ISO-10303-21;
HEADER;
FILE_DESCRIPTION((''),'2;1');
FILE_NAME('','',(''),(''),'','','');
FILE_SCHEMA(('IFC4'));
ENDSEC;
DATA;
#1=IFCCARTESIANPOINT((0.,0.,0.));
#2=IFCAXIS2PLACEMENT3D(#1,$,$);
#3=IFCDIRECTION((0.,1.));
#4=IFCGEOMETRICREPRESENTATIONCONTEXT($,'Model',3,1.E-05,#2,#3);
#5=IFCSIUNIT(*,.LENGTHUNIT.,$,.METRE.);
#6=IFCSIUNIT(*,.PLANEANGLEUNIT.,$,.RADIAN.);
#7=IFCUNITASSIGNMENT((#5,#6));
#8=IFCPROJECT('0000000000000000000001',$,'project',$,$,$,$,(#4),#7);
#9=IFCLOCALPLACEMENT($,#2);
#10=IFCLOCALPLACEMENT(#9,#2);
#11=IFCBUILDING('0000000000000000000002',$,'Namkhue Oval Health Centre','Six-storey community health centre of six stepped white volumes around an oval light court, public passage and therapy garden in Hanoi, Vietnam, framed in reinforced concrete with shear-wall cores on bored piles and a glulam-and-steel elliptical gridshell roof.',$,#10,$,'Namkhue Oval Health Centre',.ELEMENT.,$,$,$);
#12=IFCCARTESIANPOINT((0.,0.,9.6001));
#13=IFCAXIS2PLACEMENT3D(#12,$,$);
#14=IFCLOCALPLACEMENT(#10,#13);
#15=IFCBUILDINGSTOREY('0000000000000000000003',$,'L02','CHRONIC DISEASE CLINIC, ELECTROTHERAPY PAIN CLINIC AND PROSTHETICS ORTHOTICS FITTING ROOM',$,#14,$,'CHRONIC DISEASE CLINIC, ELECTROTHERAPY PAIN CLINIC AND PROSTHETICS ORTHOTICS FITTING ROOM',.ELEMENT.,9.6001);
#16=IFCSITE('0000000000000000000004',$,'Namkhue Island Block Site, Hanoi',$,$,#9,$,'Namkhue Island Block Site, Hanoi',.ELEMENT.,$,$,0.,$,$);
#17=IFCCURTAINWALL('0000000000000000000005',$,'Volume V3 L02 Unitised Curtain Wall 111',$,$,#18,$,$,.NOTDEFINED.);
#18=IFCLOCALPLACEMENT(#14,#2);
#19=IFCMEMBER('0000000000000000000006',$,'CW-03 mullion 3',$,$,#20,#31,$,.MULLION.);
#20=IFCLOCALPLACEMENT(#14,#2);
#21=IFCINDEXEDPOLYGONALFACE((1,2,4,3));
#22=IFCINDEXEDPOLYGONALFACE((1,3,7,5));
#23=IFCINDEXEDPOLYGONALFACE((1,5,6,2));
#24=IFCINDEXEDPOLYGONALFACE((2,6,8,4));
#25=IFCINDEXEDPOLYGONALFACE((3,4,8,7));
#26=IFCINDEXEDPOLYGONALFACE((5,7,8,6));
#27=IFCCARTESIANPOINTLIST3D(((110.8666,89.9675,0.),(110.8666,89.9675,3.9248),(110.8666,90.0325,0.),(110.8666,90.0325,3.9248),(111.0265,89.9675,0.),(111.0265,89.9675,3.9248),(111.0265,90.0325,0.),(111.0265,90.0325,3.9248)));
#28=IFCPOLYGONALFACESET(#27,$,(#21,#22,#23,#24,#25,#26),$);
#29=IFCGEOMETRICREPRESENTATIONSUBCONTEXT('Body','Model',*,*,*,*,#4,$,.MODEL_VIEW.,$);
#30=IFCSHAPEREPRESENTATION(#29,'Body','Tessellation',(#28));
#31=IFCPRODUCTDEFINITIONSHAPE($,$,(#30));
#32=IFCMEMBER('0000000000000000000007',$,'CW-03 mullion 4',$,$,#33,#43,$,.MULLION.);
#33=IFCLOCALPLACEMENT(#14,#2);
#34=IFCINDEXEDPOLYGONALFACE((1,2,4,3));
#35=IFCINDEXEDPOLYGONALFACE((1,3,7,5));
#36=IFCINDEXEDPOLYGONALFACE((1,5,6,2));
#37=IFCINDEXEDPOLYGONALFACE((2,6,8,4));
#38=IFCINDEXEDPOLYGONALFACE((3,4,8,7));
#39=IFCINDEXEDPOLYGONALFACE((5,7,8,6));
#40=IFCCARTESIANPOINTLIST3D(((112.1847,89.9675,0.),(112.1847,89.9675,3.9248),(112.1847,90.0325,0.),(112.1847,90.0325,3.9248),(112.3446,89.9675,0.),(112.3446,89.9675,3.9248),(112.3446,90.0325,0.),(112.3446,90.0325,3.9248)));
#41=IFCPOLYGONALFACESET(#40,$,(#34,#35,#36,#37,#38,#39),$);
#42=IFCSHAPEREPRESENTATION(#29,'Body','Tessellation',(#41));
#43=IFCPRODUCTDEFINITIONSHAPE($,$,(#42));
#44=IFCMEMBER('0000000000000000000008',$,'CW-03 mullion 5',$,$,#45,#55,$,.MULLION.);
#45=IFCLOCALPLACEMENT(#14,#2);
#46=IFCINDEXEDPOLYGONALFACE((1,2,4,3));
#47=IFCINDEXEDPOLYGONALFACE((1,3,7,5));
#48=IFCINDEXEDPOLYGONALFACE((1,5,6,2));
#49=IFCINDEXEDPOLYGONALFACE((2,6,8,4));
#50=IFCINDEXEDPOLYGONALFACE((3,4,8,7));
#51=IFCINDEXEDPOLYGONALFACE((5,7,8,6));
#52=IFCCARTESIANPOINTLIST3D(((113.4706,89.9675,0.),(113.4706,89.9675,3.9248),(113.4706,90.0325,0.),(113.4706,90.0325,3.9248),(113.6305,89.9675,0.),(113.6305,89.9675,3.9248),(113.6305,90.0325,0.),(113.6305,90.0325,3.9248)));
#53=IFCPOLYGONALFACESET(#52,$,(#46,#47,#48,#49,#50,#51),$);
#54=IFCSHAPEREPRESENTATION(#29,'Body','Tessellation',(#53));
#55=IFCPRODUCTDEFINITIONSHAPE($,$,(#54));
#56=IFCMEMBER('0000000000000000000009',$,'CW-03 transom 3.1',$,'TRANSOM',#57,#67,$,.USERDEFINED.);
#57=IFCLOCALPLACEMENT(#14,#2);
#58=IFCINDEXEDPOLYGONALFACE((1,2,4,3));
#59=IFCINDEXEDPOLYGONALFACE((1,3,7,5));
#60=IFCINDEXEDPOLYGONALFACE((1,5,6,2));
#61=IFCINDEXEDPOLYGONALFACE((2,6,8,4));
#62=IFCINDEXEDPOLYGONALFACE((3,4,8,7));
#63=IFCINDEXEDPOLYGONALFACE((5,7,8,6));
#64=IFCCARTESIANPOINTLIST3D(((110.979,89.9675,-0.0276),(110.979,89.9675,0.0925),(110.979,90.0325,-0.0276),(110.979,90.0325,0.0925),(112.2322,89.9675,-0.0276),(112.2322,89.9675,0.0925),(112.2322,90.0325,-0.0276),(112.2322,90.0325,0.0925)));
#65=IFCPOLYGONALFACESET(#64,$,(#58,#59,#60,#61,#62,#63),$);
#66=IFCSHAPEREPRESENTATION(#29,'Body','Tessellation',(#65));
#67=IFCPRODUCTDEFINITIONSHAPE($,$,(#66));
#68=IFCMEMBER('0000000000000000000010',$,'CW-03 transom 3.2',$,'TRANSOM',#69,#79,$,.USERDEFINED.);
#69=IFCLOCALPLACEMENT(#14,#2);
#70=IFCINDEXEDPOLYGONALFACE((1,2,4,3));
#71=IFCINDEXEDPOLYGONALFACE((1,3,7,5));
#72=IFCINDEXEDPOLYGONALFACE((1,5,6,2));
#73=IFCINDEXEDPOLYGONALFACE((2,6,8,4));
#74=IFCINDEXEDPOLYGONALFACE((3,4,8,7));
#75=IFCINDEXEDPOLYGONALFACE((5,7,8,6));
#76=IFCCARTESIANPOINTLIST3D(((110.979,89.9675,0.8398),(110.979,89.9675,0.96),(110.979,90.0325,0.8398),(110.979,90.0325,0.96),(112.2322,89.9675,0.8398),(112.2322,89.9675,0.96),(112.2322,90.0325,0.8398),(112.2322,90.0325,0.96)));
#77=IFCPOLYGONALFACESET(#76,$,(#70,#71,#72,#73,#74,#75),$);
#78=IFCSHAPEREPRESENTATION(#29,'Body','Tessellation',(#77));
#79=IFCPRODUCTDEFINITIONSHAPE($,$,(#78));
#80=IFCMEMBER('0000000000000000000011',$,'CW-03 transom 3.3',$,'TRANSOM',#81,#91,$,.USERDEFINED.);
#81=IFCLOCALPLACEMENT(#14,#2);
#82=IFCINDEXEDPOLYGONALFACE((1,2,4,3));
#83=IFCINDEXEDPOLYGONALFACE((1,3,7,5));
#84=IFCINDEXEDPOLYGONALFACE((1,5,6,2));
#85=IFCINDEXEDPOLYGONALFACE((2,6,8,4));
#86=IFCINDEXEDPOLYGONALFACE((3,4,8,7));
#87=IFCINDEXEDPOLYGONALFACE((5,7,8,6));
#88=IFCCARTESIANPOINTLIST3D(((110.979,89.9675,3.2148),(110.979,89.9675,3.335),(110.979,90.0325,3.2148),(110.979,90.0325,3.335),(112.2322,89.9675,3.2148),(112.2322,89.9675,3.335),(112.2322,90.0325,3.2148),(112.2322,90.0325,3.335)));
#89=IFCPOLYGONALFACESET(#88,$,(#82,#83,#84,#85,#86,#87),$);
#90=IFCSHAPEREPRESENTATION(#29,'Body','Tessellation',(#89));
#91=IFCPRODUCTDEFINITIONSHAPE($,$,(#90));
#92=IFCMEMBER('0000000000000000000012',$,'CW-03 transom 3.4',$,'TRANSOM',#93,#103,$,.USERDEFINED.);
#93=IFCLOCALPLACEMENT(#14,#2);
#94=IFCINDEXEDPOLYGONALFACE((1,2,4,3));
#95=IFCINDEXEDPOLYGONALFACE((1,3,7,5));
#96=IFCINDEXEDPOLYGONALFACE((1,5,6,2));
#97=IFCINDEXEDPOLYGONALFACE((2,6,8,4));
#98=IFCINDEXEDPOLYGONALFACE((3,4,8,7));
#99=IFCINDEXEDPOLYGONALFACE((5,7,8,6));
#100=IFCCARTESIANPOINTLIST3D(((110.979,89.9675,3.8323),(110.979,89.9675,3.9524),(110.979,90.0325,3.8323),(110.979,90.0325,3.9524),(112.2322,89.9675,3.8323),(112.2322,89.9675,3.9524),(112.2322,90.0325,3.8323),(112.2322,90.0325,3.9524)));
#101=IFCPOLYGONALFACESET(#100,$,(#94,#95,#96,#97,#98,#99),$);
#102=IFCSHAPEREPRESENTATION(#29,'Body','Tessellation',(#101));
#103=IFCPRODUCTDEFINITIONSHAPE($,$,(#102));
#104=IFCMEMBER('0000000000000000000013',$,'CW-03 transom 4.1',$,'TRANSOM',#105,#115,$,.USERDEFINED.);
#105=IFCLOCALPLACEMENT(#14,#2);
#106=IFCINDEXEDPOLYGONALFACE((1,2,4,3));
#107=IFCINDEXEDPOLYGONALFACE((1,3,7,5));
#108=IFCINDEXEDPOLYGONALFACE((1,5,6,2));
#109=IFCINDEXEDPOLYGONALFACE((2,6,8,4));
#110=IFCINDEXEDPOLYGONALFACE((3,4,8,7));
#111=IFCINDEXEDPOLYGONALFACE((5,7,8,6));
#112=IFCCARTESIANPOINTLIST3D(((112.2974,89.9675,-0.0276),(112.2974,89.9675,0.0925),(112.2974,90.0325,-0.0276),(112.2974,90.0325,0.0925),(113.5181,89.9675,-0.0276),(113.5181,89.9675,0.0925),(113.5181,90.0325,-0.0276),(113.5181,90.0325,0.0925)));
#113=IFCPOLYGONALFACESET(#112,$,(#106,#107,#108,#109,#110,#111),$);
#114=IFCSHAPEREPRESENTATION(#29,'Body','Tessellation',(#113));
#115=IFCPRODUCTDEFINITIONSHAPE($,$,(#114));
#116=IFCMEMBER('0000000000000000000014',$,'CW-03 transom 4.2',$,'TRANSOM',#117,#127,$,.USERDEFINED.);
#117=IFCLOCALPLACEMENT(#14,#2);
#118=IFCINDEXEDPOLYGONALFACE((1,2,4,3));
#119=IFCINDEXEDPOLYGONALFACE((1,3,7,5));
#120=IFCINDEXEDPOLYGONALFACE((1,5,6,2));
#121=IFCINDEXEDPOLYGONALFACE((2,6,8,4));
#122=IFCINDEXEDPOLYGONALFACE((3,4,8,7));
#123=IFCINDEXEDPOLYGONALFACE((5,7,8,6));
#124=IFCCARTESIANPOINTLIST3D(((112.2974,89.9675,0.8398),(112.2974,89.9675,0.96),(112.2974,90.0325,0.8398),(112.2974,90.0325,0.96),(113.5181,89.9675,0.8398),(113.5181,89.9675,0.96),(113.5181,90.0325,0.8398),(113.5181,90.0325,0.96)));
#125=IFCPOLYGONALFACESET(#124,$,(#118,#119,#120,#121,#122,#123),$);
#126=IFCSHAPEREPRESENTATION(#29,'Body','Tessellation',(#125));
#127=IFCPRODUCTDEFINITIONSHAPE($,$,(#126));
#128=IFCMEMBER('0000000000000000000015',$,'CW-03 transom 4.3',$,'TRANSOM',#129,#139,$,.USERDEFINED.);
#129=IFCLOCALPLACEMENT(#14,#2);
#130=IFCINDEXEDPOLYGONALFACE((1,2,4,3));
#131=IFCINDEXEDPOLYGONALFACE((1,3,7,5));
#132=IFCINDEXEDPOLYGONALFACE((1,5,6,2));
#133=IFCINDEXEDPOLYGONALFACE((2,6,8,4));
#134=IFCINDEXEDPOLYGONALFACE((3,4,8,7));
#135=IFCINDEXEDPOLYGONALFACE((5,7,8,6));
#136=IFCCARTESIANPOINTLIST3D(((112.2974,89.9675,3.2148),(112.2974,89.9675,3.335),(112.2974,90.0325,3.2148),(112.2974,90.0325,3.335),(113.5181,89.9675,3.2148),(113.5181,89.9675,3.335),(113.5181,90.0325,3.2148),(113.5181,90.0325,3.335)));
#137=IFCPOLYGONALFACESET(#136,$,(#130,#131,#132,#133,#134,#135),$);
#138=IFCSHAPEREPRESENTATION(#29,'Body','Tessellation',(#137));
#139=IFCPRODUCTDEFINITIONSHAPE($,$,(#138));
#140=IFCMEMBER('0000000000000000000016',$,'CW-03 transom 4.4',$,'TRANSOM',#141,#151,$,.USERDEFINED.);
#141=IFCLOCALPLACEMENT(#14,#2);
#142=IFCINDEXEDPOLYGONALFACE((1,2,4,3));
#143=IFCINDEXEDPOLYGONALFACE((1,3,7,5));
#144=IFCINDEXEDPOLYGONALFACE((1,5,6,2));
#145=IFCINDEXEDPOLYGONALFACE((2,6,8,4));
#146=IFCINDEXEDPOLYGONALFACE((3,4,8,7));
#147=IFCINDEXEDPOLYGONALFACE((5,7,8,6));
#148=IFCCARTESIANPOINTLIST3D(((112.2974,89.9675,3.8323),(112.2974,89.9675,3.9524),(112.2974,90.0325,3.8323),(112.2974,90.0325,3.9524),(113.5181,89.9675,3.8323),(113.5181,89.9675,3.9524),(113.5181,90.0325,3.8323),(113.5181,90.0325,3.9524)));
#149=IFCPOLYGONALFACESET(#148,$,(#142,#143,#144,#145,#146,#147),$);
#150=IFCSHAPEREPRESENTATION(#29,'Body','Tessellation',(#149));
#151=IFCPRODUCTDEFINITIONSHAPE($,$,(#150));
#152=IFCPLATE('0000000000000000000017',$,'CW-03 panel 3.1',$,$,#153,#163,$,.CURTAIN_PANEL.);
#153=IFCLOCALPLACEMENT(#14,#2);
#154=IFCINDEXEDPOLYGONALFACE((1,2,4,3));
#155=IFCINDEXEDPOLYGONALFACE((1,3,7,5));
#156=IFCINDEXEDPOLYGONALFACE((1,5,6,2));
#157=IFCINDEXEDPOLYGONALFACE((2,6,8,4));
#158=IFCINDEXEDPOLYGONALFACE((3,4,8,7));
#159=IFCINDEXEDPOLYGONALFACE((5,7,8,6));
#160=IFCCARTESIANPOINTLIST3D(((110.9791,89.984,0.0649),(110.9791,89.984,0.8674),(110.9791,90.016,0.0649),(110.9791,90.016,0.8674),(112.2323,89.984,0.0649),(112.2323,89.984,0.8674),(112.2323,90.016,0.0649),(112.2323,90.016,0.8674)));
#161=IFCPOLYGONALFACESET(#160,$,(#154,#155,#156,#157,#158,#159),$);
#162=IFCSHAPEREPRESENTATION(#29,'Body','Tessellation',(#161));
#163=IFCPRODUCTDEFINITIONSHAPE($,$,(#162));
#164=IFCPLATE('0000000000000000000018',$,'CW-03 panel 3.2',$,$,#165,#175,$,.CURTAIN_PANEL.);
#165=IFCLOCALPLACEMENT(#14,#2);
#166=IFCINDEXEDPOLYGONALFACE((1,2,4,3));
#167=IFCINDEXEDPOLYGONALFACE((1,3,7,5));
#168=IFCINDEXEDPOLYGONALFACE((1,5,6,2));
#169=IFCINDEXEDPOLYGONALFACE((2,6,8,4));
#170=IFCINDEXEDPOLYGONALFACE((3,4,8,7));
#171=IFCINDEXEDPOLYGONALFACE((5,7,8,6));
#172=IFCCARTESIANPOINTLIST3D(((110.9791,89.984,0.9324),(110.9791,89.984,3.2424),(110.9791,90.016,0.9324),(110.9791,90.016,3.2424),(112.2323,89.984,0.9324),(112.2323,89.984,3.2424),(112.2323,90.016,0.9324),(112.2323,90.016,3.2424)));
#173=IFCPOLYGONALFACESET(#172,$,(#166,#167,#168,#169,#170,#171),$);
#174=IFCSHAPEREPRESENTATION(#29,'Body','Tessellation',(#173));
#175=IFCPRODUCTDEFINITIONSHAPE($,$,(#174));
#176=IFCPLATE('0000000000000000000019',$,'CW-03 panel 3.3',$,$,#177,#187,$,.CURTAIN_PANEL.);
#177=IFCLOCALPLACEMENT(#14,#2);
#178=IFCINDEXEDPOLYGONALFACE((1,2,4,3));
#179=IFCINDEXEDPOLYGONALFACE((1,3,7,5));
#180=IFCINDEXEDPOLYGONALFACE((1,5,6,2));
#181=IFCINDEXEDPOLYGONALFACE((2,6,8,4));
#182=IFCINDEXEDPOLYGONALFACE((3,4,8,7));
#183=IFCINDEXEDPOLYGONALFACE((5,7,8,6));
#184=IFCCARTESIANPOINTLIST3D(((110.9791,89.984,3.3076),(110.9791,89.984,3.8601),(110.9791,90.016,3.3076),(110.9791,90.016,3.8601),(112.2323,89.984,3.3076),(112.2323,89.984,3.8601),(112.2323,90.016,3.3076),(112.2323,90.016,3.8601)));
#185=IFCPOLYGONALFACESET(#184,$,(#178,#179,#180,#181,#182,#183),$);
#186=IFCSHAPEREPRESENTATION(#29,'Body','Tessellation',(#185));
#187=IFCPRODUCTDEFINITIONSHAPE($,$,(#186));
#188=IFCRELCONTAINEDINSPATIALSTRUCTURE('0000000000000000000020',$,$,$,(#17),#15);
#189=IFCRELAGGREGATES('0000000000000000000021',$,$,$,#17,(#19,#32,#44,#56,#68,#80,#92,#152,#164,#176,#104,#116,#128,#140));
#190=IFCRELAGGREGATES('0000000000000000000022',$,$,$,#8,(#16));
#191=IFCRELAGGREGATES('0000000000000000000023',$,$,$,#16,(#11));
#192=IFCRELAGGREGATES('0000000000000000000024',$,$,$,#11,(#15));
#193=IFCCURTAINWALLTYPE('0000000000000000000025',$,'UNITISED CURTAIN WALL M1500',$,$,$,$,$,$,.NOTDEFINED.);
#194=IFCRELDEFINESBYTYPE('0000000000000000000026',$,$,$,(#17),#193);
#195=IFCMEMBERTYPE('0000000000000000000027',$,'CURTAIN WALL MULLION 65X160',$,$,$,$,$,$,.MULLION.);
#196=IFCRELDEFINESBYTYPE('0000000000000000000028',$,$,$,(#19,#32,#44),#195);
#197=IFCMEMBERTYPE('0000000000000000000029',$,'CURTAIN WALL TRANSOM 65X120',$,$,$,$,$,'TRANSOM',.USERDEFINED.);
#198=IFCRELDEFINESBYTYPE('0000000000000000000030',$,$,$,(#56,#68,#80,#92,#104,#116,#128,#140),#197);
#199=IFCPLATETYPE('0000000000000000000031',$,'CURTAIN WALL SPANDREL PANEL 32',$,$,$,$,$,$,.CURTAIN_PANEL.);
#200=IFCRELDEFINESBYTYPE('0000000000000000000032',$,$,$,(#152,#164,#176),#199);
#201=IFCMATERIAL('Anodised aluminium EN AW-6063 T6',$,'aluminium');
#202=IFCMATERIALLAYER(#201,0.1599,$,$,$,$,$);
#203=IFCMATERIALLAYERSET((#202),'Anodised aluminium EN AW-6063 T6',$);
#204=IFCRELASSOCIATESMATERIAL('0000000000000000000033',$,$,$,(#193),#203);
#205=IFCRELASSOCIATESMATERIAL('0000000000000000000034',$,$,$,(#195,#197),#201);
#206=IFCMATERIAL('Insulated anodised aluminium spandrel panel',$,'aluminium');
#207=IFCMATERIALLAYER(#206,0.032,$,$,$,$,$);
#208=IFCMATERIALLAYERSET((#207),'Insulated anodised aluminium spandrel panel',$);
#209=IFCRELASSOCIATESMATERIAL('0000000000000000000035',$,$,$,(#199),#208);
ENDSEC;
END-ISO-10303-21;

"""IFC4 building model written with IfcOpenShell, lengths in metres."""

from ifc_helpers import new_model, si_unit, direction, frame, origin, origin_2d, place, context, subcontext, project, spatial, rectangle, extrude, material, layer, layer_set, material_profile, profile_set, type_object, element, aggregate, save


model = new_model("IFC4")

# Units and contexts
model_context = context("Model", 3, precision=1e-05, world=origin(), true_north=direction((0.0, 1.0)))
body_context = subcontext(model_context, "Body", "Model", "MODEL_VIEW")
ifc_project = project(units=[si_unit("LENGTHUNIT", "METRE"), si_unit("PLANEANGLEUNIT", "RADIAN")], contexts=[model_context])

# Site, building, storey
site_placement = place(None, origin())
site = spatial("IfcSite", under=ifc_project, at=site_placement, Name="Namkhue Island Block Site, Hanoi", LongName="Namkhue Island Block Site, Hanoi", CompositionType="ELEMENT", RefElevation=0.0)
building_placement = place(site_placement, origin())
building = spatial("IfcBuilding", under=site, at=building_placement, Name="Namkhue Oval Health Centre", Description="Six-storey community health centre of six stepped white volumes around an oval light court, public passage and therapy garden in Hanoi, Vietnam, framed in reinforced concrete with shear-wall cores on bored piles and a glulam-and-steel elliptical gridshell roof.", LongName="Namkhue Oval Health Centre", CompositionType="ELEMENT")
storey_placement = place(building_placement, frame((0.0, 0.0, 9.6001)))
storey = spatial("IfcBuildingStorey", under=building, at=storey_placement, Name="L02", Description="CHRONIC DISEASE CLINIC, ELECTROTHERAPY PAIN CLINIC AND PROSTHETICS ORTHOTICS FITTING ROOM", LongName="CHRONIC DISEASE CLINIC, ELECTROTHERAPY PAIN CLINIC AND PROSTHETICS ORTHOTICS FITTING ROOM", CompositionType="ELEMENT", Elevation=9.6001)

# Curtain wall, members, plates
ifc_material_1 = material(Name="Anodised aluminium EN AW-6063 T6", Category="aluminium")
ifc_layer_1 = layer(ifc_material_1, 0.1599)
ifc_layer_set_1 = layer_set([ifc_layer_1], Name="Anodised aluminium EN AW-6063 T6")
curtain_wall_type = type_object("IfcCurtainWallType", Name="UNITISED CURTAIN WALL M1500", PredefinedType="NOTDEFINED", material=ifc_layer_set_1)
curtain_wall_placement = place(storey_placement, origin())
curtain_wall = element("IfcCurtainWall", 1, at=curtain_wall_placement, inside=storey, type_object=curtain_wall_type, Name="Volume V3 L02 Unitised Curtain Wall 111", PredefinedType="NOTDEFINED")
ifc_material_profile_1 = material_profile(ifc_material_1, rectangle(XDim=0.0649, YDim=0.1599, at=origin_2d()), Name="ALU 65x160")
ifc_profile_set_1 = profile_set([ifc_material_profile_1], Name="Anodised aluminium EN AW-6063 T6")
member_type_1 = type_object("IfcMemberType", Name="CURTAIN WALL MULLION 65X160", PredefinedType="MULLION", material=ifc_profile_set_1)
member_1_placement = place(storey_placement, frame((110.9465, 90.0, 0.0), z_axis=(0.0, 0.0, 1.0), x_axis=(0.0, 1.0, 0.0)))
member_1 = element("IfcMember", 2, at=member_1_placement, type_object=member_type_1, Name="CW-03 mullion 3", PredefinedType="MULLION", context=body_context, shape_type="SweptSolid", body=[
    extrude(rectangle(XDim=0.0649, YDim=0.1599, at=origin_2d()), origin(), (0.0, 0.0, 1.0), 3.9248),
])
member_2_placement = place(storey_placement, frame((112.2646, 90.0, 0.0), z_axis=(0.0, 0.0, 1.0), x_axis=(0.0, 1.0, 0.0)))
member_2 = element("IfcMember", 3, at=member_2_placement, type_object=member_type_1, Name="CW-03 mullion 4", PredefinedType="MULLION", context=body_context, shape_type="SweptSolid", body=[
    extrude(rectangle(XDim=0.0649, YDim=0.1599, at=origin_2d()), origin(), (0.0, 0.0, 1.0), 3.9248),
])
member_3_placement = place(storey_placement, frame((113.5505, 90.0, 0.0), z_axis=(0.0, 0.0, 1.0), x_axis=(0.0, 1.0, 0.0)))
member_3 = element("IfcMember", 4, at=member_3_placement, type_object=member_type_1, Name="CW-03 mullion 5", PredefinedType="MULLION", context=body_context, shape_type="SweptSolid", body=[
    extrude(rectangle(XDim=0.0649, YDim=0.1599, at=origin_2d()), origin(), (0.0, 0.0, 1.0), 3.9248),
])
ifc_material_profile_2 = material_profile(ifc_material_1, rectangle(XDim=0.0649, YDim=0.1201, at=origin_2d()), Name="ALU 65x120")
ifc_profile_set_2 = profile_set([ifc_material_profile_2], Name="Anodised aluminium EN AW-6063 T6")
member_type_2 = type_object("IfcMemberType", Name="CURTAIN WALL TRANSOM 65X120", ElementType="TRANSOM", PredefinedType="USERDEFINED", material=ifc_profile_set_2)
member_4_placement = place(storey_placement, frame((110.979, 90.0, 0.0325), z_axis=(1.0, 0.0, 0.0), x_axis=(0.0, 1.0, 0.0)))
member_4 = element("IfcMember", 5, at=member_4_placement, type_object=member_type_2, Name="CW-03 transom 3.1", ObjectType="TRANSOM", PredefinedType="USERDEFINED", context=body_context, shape_type="SweptSolid", body=[
    extrude(rectangle(XDim=0.0649, YDim=0.1201, at=origin_2d()), origin(), (0.0, 0.0, 1.0), 1.2532),
])
member_5_placement = place(storey_placement, frame((110.979, 90.0, 0.8999), z_axis=(1.0, 0.0, 0.0), x_axis=(0.0, 1.0, 0.0)))
member_5 = element("IfcMember", 6, at=member_5_placement, type_object=member_type_2, Name="CW-03 transom 3.2", ObjectType="TRANSOM", PredefinedType="USERDEFINED", context=body_context, shape_type="SweptSolid", body=[
    extrude(rectangle(XDim=0.0649, YDim=0.1201, at=origin_2d()), origin(), (0.0, 0.0, 1.0), 1.2532),
])
member_6_placement = place(storey_placement, frame((110.979, 90.0, 3.2749), z_axis=(1.0, 0.0, 0.0), x_axis=(0.0, 1.0, 0.0)))
member_6 = element("IfcMember", 7, at=member_6_placement, type_object=member_type_2, Name="CW-03 transom 3.3", ObjectType="TRANSOM", PredefinedType="USERDEFINED", context=body_context, shape_type="SweptSolid", body=[
    extrude(rectangle(XDim=0.0649, YDim=0.1201, at=origin_2d()), origin(), (0.0, 0.0, 1.0), 1.2532),
])
member_7_placement = place(storey_placement, frame((110.979, 90.0, 3.8923), z_axis=(1.0, 0.0, 0.0), x_axis=(0.0, 1.0, 0.0)))
member_7 = element("IfcMember", 8, at=member_7_placement, type_object=member_type_2, Name="CW-03 transom 3.4", ObjectType="TRANSOM", PredefinedType="USERDEFINED", context=body_context, shape_type="SweptSolid", body=[
    extrude(rectangle(XDim=0.0649, YDim=0.1201, at=origin_2d()), origin(), (0.0, 0.0, 1.0), 1.2532),
])
member_8_placement = place(storey_placement, frame((112.2974, 90.0, 0.0325), z_axis=(1.0, 0.0, 0.0), x_axis=(0.0, 1.0, 0.0)))
member_8 = element("IfcMember", 9, at=member_8_placement, type_object=member_type_2, Name="CW-03 transom 4.1", ObjectType="TRANSOM", PredefinedType="USERDEFINED", context=body_context, shape_type="SweptSolid", body=[
    extrude(rectangle(XDim=0.0649, YDim=0.1201, at=origin_2d()), origin(), (0.0, 0.0, 1.0), 1.2207),
])
member_9_placement = place(storey_placement, frame((112.2974, 90.0, 0.8999), z_axis=(1.0, 0.0, 0.0), x_axis=(0.0, 1.0, 0.0)))
member_9 = element("IfcMember", 10, at=member_9_placement, type_object=member_type_2, Name="CW-03 transom 4.2", ObjectType="TRANSOM", PredefinedType="USERDEFINED", context=body_context, shape_type="SweptSolid", body=[
    extrude(rectangle(XDim=0.0649, YDim=0.1201, at=origin_2d()), origin(), (0.0, 0.0, 1.0), 1.2207),
])
member_10_placement = place(storey_placement, frame((112.2974, 90.0, 3.2749), z_axis=(1.0, 0.0, 0.0), x_axis=(0.0, 1.0, 0.0)))
member_10 = element("IfcMember", 11, at=member_10_placement, type_object=member_type_2, Name="CW-03 transom 4.3", ObjectType="TRANSOM", PredefinedType="USERDEFINED", context=body_context, shape_type="SweptSolid", body=[
    extrude(rectangle(XDim=0.0649, YDim=0.1201, at=origin_2d()), origin(), (0.0, 0.0, 1.0), 1.2207),
])
member_11_placement = place(storey_placement, frame((112.2974, 90.0, 3.8923), z_axis=(1.0, 0.0, 0.0), x_axis=(0.0, 1.0, 0.0)))
member_11 = element("IfcMember", 12, at=member_11_placement, type_object=member_type_2, Name="CW-03 transom 4.4", ObjectType="TRANSOM", PredefinedType="USERDEFINED", context=body_context, shape_type="SweptSolid", body=[
    extrude(rectangle(XDim=0.0649, YDim=0.1201, at=origin_2d()), origin(), (0.0, 0.0, 1.0), 1.2207),
])
ifc_material_2 = material(Name="Insulated anodised aluminium spandrel panel", Category="aluminium")
ifc_layer_2 = layer(ifc_material_2, 0.032)
ifc_layer_set_2 = layer_set([ifc_layer_2], Name="Insulated anodised aluminium spandrel panel")
plate_type = type_object("IfcPlateType", Name="CURTAIN WALL SPANDREL PANEL 32", PredefinedType="CURTAIN_PANEL", material=ifc_layer_set_2)
plate_1_placement = place(storey_placement, frame((111.6057, 90.0, 0.0649), z_axis=(0.0, 0.0, 1.0), x_axis=(1.0, 0.0, 0.0)))
plate_1 = element("IfcPlate", 13, at=plate_1_placement, type_object=plate_type, Name="CW-03 panel 3.1", PredefinedType="CURTAIN_PANEL", context=body_context, shape_type="SweptSolid", body=[
    extrude(rectangle(XDim=1.2532, YDim=0.032, at=origin_2d()), origin(), (0.0, 0.0, 1.0), 0.8025),
])
plate_2_placement = place(storey_placement, frame((111.6057, 90.0, 0.9324), z_axis=(0.0, 0.0, 1.0), x_axis=(1.0, 0.0, 0.0)))
plate_2 = element("IfcPlate", 14, at=plate_2_placement, type_object=plate_type, Name="CW-03 panel 3.2", PredefinedType="CURTAIN_PANEL", context=body_context, shape_type="SweptSolid", body=[
    extrude(rectangle(XDim=1.2532, YDim=0.032, at=origin_2d()), origin(), (0.0, 0.0, 1.0), 2.3101),
])
plate_3_placement = place(storey_placement, frame((111.6057, 90.0, 3.3076), z_axis=(0.0, 0.0, 1.0), x_axis=(1.0, 0.0, 0.0)))
plate_3 = element("IfcPlate", 15, at=plate_3_placement, type_object=plate_type, Name="CW-03 panel 3.3", PredefinedType="CURTAIN_PANEL", context=body_context, shape_type="SweptSolid", body=[
    extrude(rectangle(XDim=1.2532, YDim=0.032, at=origin_2d()), origin(), (0.0, 0.0, 1.0), 0.5525),
])
aggregate(curtain_wall, [member_1, member_2, member_3, member_4, member_5, member_6, member_7, plate_1, plate_2, plate_3, member_8, member_9, member_10, member_11])

save(model, "model.ifc")
